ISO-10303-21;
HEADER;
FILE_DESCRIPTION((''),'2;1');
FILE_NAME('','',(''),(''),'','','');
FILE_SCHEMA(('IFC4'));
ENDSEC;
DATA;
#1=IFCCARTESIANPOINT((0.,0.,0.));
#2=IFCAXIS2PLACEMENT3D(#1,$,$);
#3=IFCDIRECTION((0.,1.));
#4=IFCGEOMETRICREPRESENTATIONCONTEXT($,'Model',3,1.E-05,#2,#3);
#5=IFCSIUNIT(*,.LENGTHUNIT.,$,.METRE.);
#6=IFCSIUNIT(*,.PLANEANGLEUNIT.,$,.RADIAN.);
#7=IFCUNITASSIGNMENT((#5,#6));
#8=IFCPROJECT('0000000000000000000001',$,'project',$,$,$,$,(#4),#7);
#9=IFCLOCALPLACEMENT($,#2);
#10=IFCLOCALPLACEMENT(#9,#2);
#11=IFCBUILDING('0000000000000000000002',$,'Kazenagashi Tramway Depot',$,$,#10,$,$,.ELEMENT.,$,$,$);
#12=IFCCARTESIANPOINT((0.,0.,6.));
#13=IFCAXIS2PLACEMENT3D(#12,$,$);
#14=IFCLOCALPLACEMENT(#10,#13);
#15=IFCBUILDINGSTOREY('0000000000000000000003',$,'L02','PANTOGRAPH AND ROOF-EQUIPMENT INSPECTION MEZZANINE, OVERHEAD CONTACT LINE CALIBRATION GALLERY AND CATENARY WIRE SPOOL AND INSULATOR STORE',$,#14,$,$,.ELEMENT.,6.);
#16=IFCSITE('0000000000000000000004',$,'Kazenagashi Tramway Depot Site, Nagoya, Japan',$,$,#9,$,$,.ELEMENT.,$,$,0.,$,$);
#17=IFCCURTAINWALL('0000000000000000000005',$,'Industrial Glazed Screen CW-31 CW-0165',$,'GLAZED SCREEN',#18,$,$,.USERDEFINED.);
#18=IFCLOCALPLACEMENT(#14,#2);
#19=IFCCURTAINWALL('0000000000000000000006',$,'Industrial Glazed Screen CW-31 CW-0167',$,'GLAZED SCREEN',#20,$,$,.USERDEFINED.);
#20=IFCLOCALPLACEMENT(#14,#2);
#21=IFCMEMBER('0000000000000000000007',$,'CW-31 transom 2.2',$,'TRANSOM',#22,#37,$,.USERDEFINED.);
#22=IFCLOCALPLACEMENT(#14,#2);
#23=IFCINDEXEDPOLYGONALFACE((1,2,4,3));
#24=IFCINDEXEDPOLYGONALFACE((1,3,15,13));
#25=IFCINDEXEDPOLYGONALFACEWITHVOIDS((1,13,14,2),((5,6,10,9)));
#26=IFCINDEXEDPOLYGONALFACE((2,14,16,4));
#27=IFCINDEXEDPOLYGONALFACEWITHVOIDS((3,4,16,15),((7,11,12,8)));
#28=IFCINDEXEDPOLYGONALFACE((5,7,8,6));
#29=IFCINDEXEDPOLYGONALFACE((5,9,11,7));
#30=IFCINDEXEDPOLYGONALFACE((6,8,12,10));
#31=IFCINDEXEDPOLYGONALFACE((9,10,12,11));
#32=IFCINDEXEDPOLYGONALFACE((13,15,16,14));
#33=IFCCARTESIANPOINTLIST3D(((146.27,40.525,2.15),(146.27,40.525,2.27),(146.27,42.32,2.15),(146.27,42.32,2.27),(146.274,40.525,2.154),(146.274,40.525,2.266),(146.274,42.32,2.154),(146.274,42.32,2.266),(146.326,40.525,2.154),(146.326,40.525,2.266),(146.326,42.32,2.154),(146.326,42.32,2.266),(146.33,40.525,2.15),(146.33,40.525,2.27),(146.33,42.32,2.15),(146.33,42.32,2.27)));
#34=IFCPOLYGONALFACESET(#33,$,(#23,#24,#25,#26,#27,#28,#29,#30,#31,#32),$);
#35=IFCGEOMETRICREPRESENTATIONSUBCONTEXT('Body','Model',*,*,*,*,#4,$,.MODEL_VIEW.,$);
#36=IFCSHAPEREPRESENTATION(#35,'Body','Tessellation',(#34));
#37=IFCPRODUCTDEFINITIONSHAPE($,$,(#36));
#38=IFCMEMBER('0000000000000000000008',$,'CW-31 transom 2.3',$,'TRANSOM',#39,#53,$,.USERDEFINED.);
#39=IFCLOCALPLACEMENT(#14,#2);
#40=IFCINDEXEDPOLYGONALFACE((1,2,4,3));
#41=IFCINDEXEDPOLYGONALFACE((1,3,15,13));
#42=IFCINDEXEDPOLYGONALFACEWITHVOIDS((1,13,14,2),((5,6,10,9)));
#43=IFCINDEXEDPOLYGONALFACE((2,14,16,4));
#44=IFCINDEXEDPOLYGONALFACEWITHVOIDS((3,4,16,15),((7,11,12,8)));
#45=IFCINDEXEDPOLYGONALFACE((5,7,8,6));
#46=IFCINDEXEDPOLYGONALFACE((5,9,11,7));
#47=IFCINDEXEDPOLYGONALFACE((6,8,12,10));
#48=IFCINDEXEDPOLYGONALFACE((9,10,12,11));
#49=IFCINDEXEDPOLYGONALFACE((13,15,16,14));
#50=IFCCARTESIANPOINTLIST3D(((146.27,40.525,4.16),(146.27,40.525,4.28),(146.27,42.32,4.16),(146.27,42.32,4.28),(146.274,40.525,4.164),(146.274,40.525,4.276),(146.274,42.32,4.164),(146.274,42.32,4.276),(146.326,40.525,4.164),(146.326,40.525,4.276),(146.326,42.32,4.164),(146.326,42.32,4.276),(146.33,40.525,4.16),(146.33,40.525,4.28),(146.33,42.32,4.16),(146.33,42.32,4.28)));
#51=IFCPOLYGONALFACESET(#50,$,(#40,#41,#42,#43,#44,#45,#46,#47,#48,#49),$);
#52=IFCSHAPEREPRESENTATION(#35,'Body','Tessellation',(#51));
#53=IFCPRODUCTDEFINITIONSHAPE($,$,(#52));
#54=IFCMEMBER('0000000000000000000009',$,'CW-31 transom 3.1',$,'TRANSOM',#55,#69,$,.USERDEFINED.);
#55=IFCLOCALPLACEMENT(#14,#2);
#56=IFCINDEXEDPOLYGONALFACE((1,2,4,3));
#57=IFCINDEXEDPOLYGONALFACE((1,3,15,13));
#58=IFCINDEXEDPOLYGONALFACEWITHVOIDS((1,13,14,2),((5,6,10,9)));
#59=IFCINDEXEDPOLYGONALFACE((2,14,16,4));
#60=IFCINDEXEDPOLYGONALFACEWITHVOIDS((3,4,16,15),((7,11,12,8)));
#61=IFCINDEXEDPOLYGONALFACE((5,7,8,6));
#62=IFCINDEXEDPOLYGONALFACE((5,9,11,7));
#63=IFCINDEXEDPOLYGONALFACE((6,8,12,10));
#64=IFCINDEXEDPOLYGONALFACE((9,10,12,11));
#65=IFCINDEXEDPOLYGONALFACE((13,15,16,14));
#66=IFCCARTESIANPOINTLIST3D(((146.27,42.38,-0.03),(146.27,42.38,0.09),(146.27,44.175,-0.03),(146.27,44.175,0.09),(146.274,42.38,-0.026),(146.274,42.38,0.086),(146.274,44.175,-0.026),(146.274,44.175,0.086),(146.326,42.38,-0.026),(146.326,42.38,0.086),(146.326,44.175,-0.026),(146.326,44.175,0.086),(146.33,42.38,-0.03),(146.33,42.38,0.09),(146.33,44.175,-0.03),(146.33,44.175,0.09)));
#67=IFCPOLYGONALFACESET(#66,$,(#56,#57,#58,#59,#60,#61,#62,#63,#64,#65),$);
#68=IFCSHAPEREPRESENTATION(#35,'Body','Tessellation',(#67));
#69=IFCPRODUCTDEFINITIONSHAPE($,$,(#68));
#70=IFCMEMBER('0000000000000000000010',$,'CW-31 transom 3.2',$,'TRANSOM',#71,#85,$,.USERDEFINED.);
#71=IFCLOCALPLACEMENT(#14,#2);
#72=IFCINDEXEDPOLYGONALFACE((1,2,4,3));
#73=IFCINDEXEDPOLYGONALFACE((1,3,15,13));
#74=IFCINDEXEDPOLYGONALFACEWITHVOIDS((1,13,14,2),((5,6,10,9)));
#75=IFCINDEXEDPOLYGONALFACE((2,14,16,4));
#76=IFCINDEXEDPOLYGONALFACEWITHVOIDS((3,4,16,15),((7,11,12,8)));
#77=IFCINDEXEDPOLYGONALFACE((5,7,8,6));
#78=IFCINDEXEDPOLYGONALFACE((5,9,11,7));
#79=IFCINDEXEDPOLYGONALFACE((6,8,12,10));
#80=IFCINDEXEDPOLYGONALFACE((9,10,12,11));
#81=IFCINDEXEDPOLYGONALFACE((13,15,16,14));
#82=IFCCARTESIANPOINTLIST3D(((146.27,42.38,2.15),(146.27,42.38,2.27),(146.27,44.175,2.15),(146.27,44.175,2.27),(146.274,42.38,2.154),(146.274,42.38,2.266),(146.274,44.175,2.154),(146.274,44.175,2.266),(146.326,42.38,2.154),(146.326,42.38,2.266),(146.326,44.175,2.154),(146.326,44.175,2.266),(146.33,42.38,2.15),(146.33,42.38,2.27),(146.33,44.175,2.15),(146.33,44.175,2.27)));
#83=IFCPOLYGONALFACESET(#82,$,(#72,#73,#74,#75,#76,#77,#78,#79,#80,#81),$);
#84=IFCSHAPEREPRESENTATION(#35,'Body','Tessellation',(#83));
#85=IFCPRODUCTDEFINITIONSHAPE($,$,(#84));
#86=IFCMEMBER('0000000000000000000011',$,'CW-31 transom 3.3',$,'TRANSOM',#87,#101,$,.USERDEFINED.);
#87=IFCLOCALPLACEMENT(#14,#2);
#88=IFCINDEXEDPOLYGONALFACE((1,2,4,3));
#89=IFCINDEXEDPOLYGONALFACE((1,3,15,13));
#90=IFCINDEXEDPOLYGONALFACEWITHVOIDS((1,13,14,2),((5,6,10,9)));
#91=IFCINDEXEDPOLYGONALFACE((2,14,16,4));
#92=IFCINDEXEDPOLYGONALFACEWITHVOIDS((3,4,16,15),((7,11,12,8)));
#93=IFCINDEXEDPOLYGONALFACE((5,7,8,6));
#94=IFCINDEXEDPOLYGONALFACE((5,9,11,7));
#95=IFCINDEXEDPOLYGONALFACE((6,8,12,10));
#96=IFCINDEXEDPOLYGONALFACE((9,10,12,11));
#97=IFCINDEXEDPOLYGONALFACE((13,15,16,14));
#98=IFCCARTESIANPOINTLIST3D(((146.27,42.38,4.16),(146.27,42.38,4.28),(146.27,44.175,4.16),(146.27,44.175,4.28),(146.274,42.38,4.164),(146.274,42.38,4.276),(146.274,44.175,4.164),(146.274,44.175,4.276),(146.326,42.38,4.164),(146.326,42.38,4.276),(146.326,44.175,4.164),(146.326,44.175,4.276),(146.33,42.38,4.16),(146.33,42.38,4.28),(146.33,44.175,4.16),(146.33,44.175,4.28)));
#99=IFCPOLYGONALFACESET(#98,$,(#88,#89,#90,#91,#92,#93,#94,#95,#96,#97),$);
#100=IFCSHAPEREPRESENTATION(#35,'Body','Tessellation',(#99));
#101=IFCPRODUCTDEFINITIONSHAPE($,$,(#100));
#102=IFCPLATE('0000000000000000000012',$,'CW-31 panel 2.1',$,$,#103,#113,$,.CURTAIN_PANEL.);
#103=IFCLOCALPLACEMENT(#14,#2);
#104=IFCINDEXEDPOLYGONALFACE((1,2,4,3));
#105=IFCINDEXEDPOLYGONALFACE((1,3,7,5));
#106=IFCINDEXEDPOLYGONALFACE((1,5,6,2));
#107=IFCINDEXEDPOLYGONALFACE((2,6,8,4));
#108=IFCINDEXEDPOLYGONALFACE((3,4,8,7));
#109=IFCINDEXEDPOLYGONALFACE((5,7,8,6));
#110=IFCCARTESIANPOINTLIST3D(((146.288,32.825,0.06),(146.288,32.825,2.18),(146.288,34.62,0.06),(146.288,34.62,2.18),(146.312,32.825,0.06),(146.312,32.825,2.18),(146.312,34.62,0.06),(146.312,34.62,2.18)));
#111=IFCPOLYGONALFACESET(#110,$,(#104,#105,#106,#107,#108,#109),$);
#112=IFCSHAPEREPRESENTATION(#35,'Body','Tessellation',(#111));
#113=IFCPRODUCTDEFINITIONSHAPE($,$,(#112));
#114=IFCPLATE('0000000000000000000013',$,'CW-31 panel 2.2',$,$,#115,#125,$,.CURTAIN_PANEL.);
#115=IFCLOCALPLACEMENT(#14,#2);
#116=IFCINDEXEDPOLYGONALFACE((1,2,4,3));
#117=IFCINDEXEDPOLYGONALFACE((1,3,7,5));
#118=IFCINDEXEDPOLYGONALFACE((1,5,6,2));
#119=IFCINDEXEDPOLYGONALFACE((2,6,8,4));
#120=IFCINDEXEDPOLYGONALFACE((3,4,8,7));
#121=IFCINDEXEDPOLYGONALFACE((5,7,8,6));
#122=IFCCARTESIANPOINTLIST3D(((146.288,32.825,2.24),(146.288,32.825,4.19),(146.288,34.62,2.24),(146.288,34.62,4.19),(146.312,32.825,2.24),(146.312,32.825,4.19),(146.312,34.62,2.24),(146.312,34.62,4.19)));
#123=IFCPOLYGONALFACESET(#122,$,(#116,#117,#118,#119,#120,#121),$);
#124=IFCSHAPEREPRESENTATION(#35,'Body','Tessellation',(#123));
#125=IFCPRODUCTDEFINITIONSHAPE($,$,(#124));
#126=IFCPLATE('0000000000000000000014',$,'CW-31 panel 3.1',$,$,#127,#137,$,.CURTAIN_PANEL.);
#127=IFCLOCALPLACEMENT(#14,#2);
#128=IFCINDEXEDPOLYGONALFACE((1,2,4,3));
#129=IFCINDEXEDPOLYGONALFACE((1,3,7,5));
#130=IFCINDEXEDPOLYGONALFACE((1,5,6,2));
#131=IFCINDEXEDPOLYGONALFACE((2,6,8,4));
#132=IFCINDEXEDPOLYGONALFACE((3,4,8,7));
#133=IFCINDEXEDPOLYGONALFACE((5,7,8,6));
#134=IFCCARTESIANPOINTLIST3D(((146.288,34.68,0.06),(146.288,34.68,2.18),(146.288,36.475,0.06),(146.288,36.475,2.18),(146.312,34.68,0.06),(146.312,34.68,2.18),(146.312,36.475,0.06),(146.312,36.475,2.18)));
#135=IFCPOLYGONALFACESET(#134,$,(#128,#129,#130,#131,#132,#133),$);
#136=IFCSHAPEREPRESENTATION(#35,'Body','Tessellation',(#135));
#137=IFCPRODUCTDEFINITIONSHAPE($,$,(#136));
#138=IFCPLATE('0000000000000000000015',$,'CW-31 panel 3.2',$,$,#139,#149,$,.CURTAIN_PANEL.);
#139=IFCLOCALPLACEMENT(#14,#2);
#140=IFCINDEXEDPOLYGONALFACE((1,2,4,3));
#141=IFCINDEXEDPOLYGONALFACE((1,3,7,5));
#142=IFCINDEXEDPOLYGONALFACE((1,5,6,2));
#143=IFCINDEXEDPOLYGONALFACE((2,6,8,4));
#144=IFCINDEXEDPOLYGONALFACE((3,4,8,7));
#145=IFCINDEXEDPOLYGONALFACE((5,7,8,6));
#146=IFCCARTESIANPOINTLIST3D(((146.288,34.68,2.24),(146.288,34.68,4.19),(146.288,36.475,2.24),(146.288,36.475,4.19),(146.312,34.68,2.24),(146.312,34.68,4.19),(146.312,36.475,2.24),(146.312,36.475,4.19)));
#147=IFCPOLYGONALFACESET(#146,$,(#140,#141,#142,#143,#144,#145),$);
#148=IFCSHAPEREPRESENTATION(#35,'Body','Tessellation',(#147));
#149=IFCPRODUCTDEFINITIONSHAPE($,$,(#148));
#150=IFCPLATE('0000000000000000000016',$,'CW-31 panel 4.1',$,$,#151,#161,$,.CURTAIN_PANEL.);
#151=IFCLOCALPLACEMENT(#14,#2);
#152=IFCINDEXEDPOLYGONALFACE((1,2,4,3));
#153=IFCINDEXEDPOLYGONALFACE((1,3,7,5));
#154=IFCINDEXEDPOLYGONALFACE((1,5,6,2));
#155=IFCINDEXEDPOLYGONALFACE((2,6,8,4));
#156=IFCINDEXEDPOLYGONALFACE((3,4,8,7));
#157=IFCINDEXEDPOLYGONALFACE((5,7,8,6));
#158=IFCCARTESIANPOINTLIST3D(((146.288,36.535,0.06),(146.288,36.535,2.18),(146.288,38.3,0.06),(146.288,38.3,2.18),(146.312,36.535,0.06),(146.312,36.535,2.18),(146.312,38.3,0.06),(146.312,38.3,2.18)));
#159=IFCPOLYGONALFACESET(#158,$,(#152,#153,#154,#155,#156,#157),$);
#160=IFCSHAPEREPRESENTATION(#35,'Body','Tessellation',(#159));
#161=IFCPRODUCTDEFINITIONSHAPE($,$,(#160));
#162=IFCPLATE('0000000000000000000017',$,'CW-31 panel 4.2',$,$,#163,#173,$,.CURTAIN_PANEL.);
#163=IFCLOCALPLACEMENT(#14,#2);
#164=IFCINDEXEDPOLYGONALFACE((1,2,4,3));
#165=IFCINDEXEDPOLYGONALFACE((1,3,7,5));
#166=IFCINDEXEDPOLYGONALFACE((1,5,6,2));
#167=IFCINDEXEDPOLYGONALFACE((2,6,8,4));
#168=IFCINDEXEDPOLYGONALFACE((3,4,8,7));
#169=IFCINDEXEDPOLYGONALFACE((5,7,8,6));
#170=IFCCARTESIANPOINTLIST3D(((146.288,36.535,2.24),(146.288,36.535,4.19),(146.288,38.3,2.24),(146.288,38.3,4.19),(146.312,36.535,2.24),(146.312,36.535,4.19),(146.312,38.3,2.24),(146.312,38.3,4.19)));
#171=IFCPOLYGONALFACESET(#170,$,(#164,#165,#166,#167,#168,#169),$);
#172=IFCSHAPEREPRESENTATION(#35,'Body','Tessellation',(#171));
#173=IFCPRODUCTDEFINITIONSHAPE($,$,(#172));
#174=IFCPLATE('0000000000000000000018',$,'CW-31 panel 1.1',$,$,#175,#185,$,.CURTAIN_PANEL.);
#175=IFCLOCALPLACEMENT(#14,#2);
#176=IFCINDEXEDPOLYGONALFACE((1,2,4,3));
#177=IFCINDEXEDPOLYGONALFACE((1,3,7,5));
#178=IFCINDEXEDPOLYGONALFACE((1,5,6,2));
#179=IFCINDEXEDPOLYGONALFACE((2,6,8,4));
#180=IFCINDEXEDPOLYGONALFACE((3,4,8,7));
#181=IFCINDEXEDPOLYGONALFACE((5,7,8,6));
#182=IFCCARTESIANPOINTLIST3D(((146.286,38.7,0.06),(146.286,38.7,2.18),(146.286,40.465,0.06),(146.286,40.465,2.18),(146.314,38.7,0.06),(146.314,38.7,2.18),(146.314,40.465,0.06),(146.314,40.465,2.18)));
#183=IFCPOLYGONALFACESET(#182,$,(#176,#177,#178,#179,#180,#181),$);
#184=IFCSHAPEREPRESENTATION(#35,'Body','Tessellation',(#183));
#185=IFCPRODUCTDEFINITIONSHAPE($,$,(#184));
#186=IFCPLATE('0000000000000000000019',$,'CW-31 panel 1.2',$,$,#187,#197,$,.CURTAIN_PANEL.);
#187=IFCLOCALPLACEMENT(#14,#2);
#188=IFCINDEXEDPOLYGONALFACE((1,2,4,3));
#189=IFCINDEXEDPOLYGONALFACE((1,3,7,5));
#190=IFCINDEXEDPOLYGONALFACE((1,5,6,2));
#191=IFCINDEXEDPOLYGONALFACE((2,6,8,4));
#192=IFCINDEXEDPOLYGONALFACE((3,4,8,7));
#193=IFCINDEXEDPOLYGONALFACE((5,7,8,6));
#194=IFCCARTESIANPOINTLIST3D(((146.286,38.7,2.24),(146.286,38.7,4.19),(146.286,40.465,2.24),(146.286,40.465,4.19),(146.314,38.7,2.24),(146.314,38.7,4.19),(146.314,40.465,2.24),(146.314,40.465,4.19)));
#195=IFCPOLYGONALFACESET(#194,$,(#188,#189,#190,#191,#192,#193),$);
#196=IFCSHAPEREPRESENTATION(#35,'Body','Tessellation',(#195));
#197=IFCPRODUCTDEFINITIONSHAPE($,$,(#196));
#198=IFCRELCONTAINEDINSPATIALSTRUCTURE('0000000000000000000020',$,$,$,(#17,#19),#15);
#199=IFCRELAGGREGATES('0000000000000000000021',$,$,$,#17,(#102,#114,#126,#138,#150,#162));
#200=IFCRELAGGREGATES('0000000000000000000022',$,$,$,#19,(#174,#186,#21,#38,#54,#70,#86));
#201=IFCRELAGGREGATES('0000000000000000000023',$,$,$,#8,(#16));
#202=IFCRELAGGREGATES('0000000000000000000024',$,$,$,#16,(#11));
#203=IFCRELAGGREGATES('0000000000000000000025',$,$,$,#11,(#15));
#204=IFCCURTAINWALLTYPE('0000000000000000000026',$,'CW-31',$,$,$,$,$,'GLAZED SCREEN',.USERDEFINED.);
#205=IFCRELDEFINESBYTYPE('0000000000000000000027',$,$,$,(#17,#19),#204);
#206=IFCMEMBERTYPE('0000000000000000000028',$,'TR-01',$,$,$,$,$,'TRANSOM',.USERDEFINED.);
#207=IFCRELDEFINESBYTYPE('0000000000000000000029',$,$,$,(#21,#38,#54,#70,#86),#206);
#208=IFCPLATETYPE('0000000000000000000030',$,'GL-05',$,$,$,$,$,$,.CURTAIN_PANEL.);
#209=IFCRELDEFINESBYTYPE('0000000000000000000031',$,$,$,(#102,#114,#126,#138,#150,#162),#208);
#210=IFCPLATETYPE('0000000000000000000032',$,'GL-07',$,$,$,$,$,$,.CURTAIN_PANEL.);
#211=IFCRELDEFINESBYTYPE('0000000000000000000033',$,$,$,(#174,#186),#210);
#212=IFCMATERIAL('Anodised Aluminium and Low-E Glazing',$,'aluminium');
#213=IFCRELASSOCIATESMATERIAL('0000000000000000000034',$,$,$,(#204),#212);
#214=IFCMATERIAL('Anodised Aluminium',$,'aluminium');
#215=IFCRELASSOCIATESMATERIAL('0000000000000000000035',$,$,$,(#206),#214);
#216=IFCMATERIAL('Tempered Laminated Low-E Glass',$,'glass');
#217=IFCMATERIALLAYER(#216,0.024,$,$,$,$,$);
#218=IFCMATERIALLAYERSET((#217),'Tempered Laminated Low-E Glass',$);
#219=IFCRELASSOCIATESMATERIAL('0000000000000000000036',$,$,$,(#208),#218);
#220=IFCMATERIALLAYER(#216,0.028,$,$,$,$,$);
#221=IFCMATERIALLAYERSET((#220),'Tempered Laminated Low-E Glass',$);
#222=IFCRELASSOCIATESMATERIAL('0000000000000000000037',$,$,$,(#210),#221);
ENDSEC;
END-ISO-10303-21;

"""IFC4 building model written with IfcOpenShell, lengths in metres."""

from ifc_helpers import new_model, si_unit, direction, frame, origin, origin_2d, place, context, subcontext, project, spatial, rectangle, hollow_rectangle, extrude, material, layer, layer_set, material_profile, profile_set, type_object, element, aggregate, save


model = new_model("IFC4")

# Units and contexts
model_context = context("Model", 3, precision=1e-05, world=origin(), true_north=direction((0.0, 1.0)))
body_context = subcontext(model_context, "Body", "Model", "MODEL_VIEW")
ifc_project = project(units=[si_unit("LENGTHUNIT", "METRE"), si_unit("PLANEANGLEUNIT", "RADIAN")], contexts=[model_context])

# Site, building, storey
site_placement = place(None, origin())
site = spatial("IfcSite", under=ifc_project, at=site_placement, Name="Kazenagashi Tramway Depot Site, Nagoya, Japan", CompositionType="ELEMENT", RefElevation=0.0)
building_placement = place(site_placement, origin())
building = spatial("IfcBuilding", under=site, at=building_placement, Name="Kazenagashi Tramway Depot", CompositionType="ELEMENT")
storey_placement = place(building_placement, frame((0.0, 0.0, 6.0)))
storey = spatial("IfcBuildingStorey", under=building, at=storey_placement, Name="L02", Description="PANTOGRAPH AND ROOF-EQUIPMENT INSPECTION MEZZANINE, OVERHEAD CONTACT LINE CALIBRATION GALLERY AND CATENARY WIRE SPOOL AND INSULATOR STORE", CompositionType="ELEMENT", Elevation=6.0)

# Curtain walls
ifc_material_1 = material(Name="Anodised Aluminium and Low-E Glazing", Category="aluminium")
curtain_wall_type = type_object("IfcCurtainWallType", Name="CW-31", ElementType="GLAZED SCREEN", PredefinedType="USERDEFINED", material=ifc_material_1)
curtain_wall_1_placement = place(storey_placement, origin())
curtain_wall_1 = element("IfcCurtainWall", 1, at=curtain_wall_1_placement, inside=storey, type_object=curtain_wall_type, Name="Industrial Glazed Screen CW-31 CW-0165", ObjectType="GLAZED SCREEN", PredefinedType="USERDEFINED")
ifc_material_2 = material(Name="Anodised Aluminium", Category="aluminium")
curtain_wall_2_placement = place(storey_placement, origin())
curtain_wall_2 = element("IfcCurtainWall", 2, at=curtain_wall_2_placement, inside=storey, type_object=curtain_wall_type, Name="Industrial Glazed Screen CW-31 CW-0167", ObjectType="GLAZED SCREEN", PredefinedType="USERDEFINED")

# Members
ifc_material_profile_1 = material_profile(ifc_material_2, hollow_rectangle(XDim=0.06, YDim=0.12, WallThickness=0.004, at=origin_2d()), Name="RHS-120x60x4")
ifc_profile_set_1 = profile_set([ifc_material_profile_1], Name="Anodised Aluminium")
member_type_1 = type_object("IfcMemberType", Name="TR-01", ElementType="TRANSOM", PredefinedType="USERDEFINED", material=ifc_profile_set_1)
member_1_placement = place(storey_placement, frame((146.3, 40.525, 2.21), z_axis=(0.0, 1.0, 0.0), x_axis=(-1.0, 0.0, 0.0)))
member_1 = element("IfcMember", 3, at=member_1_placement, type_object=member_type_1, Name="CW-31 transom 2.2", ObjectType="TRANSOM", PredefinedType="USERDEFINED", context=body_context, shape_type="SweptSolid", body=[
    extrude(hollow_rectangle(XDim=0.06, YDim=0.12, WallThickness=0.004, at=origin_2d()), origin(), (0.0, 0.0, 1.0), 1.795),
])
member_2_placement = place(storey_placement, frame((146.3, 40.525, 4.22), z_axis=(0.0, 1.0, 0.0), x_axis=(-1.0, 0.0, 0.0)))
member_2 = element("IfcMember", 4, at=member_2_placement, type_object=member_type_1, Name="CW-31 transom 2.3", ObjectType="TRANSOM", PredefinedType="USERDEFINED", context=body_context, shape_type="SweptSolid", body=[
    extrude(hollow_rectangle(XDim=0.06, YDim=0.12, WallThickness=0.004, at=origin_2d()), origin(), (0.0, 0.0, 1.0), 1.795),
])
member_3_placement = place(storey_placement, frame((146.3, 42.38, 0.03), z_axis=(0.0, 1.0, 0.0), x_axis=(-1.0, 0.0, 0.0)))
member_3 = element("IfcMember", 5, at=member_3_placement, type_object=member_type_1, Name="CW-31 transom 3.1", ObjectType="TRANSOM", PredefinedType="USERDEFINED", context=body_context, shape_type="SweptSolid", body=[
    extrude(hollow_rectangle(XDim=0.06, YDim=0.12, WallThickness=0.004, at=origin_2d()), origin(), (0.0, 0.0, 1.0), 1.795),
])
member_4_placement = place(storey_placement, frame((146.3, 42.38, 2.21), z_axis=(0.0, 1.0, 0.0), x_axis=(-1.0, 0.0, 0.0)))
member_4 = element("IfcMember", 6, at=member_4_placement, type_object=member_type_1, Name="CW-31 transom 3.2", ObjectType="TRANSOM", PredefinedType="USERDEFINED", context=body_context, shape_type="SweptSolid", body=[
    extrude(hollow_rectangle(XDim=0.06, YDim=0.12, WallThickness=0.004, at=origin_2d()), origin(), (0.0, 0.0, 1.0), 1.795),
])
member_5_placement = place(storey_placement, frame((146.3, 42.38, 4.22), z_axis=(0.0, 1.0, 0.0), x_axis=(-1.0, 0.0, 0.0)))
member_5 = element("IfcMember", 7, at=member_5_placement, type_object=member_type_1, Name="CW-31 transom 3.3", ObjectType="TRANSOM", PredefinedType="USERDEFINED", context=body_context, shape_type="SweptSolid", body=[
    extrude(hollow_rectangle(XDim=0.06, YDim=0.12, WallThickness=0.004, at=origin_2d()), origin(), (0.0, 0.0, 1.0), 1.795),
])

# Plates
ifc_material_3 = material(Name="Tempered Laminated Low-E Glass", Category="glass")
ifc_layer_1 = layer(ifc_material_3, 0.024)
ifc_layer_set_1 = layer_set([ifc_layer_1], Name="Tempered Laminated Low-E Glass")
plate_type_1 = type_object("IfcPlateType", Name="GL-05", PredefinedType="CURTAIN_PANEL", material=ifc_layer_set_1)
plate_1_placement = place(storey_placement, frame((146.3, 33.7225, 0.06), z_axis=(0.0, 0.0, 1.0), x_axis=(0.0, 1.0, 0.0)))
plate_1 = element("IfcPlate", 8, at=plate_1_placement, type_object=plate_type_1, Name="CW-31 panel 2.1", PredefinedType="CURTAIN_PANEL", context=body_context, shape_type="SweptSolid", body=[
    extrude(rectangle(XDim=1.795, YDim=0.024, at=origin_2d()), origin(), (0.0, 0.0, 1.0), 2.12),
])
plate_2_placement = place(storey_placement, frame((146.3, 33.7225, 2.24), z_axis=(0.0, 0.0, 1.0), x_axis=(0.0, 1.0, 0.0)))
plate_2 = element("IfcPlate", 9, at=plate_2_placement, type_object=plate_type_1, Name="CW-31 panel 2.2", PredefinedType="CURTAIN_PANEL", context=body_context, shape_type="SweptSolid", body=[
    extrude(rectangle(XDim=1.795, YDim=0.024, at=origin_2d()), origin(), (0.0, 0.0, 1.0), 1.95),
])
plate_3_placement = place(storey_placement, frame((146.3, 35.5775, 0.06), z_axis=(0.0, 0.0, 1.0), x_axis=(0.0, 1.0, 0.0)))
plate_3 = element("IfcPlate", 10, at=plate_3_placement, type_object=plate_type_1, Name="CW-31 panel 3.1", PredefinedType="CURTAIN_PANEL", context=body_context, shape_type="SweptSolid", body=[
    extrude(rectangle(XDim=1.795, YDim=0.024, at=origin_2d()), origin(), (0.0, 0.0, 1.0), 2.12),
])
plate_4_placement = place(storey_placement, frame((146.3, 35.5775, 2.24), z_axis=(0.0, 0.0, 1.0), x_axis=(0.0, 1.0, 0.0)))
plate_4 = element("IfcPlate", 11, at=plate_4_placement, type_object=plate_type_1, Name="CW-31 panel 3.2", PredefinedType="CURTAIN_PANEL", context=body_context, shape_type="SweptSolid", body=[
    extrude(rectangle(XDim=1.795, YDim=0.024, at=origin_2d()), origin(), (0.0, 0.0, 1.0), 1.95),
])
plate_5_placement = place(storey_placement, frame((146.3, 37.4175, 0.06), z_axis=(0.0, 0.0, 1.0), x_axis=(0.0, 1.0, 0.0)))
plate_5 = element("IfcPlate", 12, at=plate_5_placement, type_object=plate_type_1, Name="CW-31 panel 4.1", PredefinedType="CURTAIN_PANEL", context=body_context, shape_type="SweptSolid", body=[
    extrude(rectangle(XDim=1.765, YDim=0.024, at=origin_2d()), origin(), (0.0, 0.0, 1.0), 2.12),
])
plate_6_placement = place(storey_placement, frame((146.3, 37.4175, 2.24), z_axis=(0.0, 0.0, 1.0), x_axis=(0.0, 1.0, 0.0)))
plate_6 = element("IfcPlate", 13, at=plate_6_placement, type_object=plate_type_1, Name="CW-31 panel 4.2", PredefinedType="CURTAIN_PANEL", context=body_context, shape_type="SweptSolid", body=[
    extrude(rectangle(XDim=1.765, YDim=0.024, at=origin_2d()), origin(), (0.0, 0.0, 1.0), 1.95),
])
aggregate(curtain_wall_1, [plate_1, plate_2, plate_3, plate_4, plate_5, plate_6])
ifc_layer_2 = layer(ifc_material_3, 0.028)
ifc_layer_set_2 = layer_set([ifc_layer_2], Name="Tempered Laminated Low-E Glass")
plate_type_2 = type_object("IfcPlateType", Name="GL-07", PredefinedType="CURTAIN_PANEL", material=ifc_layer_set_2)
plate_7_placement = place(storey_placement, frame((146.3, 39.5825, 0.06), z_axis=(0.0, 0.0, 1.0), x_axis=(0.0, 1.0, 0.0)))
plate_7 = element("IfcPlate", 14, at=plate_7_placement, type_object=plate_type_2, Name="CW-31 panel 1.1", PredefinedType="CURTAIN_PANEL", context=body_context, shape_type="SweptSolid", body=[
    extrude(rectangle(XDim=1.765, YDim=0.028, at=origin_2d()), origin(), (0.0, 0.0, 1.0), 2.12),
])
plate_8_placement = place(storey_placement, frame((146.3, 39.5825, 2.24), z_axis=(0.0, 0.0, 1.0), x_axis=(0.0, 1.0, 0.0)))
plate_8 = element("IfcPlate", 15, at=plate_8_placement, type_object=plate_type_2, Name="CW-31 panel 1.2", PredefinedType="CURTAIN_PANEL", context=body_context, shape_type="SweptSolid", body=[
    extrude(rectangle(XDim=1.765, YDim=0.028, at=origin_2d()), origin(), (0.0, 0.0, 1.0), 1.95),
])
aggregate(curtain_wall_2, [plate_7, plate_8, member_1, member_2, member_3, member_4, member_5])

save(model, "model.ifc")
